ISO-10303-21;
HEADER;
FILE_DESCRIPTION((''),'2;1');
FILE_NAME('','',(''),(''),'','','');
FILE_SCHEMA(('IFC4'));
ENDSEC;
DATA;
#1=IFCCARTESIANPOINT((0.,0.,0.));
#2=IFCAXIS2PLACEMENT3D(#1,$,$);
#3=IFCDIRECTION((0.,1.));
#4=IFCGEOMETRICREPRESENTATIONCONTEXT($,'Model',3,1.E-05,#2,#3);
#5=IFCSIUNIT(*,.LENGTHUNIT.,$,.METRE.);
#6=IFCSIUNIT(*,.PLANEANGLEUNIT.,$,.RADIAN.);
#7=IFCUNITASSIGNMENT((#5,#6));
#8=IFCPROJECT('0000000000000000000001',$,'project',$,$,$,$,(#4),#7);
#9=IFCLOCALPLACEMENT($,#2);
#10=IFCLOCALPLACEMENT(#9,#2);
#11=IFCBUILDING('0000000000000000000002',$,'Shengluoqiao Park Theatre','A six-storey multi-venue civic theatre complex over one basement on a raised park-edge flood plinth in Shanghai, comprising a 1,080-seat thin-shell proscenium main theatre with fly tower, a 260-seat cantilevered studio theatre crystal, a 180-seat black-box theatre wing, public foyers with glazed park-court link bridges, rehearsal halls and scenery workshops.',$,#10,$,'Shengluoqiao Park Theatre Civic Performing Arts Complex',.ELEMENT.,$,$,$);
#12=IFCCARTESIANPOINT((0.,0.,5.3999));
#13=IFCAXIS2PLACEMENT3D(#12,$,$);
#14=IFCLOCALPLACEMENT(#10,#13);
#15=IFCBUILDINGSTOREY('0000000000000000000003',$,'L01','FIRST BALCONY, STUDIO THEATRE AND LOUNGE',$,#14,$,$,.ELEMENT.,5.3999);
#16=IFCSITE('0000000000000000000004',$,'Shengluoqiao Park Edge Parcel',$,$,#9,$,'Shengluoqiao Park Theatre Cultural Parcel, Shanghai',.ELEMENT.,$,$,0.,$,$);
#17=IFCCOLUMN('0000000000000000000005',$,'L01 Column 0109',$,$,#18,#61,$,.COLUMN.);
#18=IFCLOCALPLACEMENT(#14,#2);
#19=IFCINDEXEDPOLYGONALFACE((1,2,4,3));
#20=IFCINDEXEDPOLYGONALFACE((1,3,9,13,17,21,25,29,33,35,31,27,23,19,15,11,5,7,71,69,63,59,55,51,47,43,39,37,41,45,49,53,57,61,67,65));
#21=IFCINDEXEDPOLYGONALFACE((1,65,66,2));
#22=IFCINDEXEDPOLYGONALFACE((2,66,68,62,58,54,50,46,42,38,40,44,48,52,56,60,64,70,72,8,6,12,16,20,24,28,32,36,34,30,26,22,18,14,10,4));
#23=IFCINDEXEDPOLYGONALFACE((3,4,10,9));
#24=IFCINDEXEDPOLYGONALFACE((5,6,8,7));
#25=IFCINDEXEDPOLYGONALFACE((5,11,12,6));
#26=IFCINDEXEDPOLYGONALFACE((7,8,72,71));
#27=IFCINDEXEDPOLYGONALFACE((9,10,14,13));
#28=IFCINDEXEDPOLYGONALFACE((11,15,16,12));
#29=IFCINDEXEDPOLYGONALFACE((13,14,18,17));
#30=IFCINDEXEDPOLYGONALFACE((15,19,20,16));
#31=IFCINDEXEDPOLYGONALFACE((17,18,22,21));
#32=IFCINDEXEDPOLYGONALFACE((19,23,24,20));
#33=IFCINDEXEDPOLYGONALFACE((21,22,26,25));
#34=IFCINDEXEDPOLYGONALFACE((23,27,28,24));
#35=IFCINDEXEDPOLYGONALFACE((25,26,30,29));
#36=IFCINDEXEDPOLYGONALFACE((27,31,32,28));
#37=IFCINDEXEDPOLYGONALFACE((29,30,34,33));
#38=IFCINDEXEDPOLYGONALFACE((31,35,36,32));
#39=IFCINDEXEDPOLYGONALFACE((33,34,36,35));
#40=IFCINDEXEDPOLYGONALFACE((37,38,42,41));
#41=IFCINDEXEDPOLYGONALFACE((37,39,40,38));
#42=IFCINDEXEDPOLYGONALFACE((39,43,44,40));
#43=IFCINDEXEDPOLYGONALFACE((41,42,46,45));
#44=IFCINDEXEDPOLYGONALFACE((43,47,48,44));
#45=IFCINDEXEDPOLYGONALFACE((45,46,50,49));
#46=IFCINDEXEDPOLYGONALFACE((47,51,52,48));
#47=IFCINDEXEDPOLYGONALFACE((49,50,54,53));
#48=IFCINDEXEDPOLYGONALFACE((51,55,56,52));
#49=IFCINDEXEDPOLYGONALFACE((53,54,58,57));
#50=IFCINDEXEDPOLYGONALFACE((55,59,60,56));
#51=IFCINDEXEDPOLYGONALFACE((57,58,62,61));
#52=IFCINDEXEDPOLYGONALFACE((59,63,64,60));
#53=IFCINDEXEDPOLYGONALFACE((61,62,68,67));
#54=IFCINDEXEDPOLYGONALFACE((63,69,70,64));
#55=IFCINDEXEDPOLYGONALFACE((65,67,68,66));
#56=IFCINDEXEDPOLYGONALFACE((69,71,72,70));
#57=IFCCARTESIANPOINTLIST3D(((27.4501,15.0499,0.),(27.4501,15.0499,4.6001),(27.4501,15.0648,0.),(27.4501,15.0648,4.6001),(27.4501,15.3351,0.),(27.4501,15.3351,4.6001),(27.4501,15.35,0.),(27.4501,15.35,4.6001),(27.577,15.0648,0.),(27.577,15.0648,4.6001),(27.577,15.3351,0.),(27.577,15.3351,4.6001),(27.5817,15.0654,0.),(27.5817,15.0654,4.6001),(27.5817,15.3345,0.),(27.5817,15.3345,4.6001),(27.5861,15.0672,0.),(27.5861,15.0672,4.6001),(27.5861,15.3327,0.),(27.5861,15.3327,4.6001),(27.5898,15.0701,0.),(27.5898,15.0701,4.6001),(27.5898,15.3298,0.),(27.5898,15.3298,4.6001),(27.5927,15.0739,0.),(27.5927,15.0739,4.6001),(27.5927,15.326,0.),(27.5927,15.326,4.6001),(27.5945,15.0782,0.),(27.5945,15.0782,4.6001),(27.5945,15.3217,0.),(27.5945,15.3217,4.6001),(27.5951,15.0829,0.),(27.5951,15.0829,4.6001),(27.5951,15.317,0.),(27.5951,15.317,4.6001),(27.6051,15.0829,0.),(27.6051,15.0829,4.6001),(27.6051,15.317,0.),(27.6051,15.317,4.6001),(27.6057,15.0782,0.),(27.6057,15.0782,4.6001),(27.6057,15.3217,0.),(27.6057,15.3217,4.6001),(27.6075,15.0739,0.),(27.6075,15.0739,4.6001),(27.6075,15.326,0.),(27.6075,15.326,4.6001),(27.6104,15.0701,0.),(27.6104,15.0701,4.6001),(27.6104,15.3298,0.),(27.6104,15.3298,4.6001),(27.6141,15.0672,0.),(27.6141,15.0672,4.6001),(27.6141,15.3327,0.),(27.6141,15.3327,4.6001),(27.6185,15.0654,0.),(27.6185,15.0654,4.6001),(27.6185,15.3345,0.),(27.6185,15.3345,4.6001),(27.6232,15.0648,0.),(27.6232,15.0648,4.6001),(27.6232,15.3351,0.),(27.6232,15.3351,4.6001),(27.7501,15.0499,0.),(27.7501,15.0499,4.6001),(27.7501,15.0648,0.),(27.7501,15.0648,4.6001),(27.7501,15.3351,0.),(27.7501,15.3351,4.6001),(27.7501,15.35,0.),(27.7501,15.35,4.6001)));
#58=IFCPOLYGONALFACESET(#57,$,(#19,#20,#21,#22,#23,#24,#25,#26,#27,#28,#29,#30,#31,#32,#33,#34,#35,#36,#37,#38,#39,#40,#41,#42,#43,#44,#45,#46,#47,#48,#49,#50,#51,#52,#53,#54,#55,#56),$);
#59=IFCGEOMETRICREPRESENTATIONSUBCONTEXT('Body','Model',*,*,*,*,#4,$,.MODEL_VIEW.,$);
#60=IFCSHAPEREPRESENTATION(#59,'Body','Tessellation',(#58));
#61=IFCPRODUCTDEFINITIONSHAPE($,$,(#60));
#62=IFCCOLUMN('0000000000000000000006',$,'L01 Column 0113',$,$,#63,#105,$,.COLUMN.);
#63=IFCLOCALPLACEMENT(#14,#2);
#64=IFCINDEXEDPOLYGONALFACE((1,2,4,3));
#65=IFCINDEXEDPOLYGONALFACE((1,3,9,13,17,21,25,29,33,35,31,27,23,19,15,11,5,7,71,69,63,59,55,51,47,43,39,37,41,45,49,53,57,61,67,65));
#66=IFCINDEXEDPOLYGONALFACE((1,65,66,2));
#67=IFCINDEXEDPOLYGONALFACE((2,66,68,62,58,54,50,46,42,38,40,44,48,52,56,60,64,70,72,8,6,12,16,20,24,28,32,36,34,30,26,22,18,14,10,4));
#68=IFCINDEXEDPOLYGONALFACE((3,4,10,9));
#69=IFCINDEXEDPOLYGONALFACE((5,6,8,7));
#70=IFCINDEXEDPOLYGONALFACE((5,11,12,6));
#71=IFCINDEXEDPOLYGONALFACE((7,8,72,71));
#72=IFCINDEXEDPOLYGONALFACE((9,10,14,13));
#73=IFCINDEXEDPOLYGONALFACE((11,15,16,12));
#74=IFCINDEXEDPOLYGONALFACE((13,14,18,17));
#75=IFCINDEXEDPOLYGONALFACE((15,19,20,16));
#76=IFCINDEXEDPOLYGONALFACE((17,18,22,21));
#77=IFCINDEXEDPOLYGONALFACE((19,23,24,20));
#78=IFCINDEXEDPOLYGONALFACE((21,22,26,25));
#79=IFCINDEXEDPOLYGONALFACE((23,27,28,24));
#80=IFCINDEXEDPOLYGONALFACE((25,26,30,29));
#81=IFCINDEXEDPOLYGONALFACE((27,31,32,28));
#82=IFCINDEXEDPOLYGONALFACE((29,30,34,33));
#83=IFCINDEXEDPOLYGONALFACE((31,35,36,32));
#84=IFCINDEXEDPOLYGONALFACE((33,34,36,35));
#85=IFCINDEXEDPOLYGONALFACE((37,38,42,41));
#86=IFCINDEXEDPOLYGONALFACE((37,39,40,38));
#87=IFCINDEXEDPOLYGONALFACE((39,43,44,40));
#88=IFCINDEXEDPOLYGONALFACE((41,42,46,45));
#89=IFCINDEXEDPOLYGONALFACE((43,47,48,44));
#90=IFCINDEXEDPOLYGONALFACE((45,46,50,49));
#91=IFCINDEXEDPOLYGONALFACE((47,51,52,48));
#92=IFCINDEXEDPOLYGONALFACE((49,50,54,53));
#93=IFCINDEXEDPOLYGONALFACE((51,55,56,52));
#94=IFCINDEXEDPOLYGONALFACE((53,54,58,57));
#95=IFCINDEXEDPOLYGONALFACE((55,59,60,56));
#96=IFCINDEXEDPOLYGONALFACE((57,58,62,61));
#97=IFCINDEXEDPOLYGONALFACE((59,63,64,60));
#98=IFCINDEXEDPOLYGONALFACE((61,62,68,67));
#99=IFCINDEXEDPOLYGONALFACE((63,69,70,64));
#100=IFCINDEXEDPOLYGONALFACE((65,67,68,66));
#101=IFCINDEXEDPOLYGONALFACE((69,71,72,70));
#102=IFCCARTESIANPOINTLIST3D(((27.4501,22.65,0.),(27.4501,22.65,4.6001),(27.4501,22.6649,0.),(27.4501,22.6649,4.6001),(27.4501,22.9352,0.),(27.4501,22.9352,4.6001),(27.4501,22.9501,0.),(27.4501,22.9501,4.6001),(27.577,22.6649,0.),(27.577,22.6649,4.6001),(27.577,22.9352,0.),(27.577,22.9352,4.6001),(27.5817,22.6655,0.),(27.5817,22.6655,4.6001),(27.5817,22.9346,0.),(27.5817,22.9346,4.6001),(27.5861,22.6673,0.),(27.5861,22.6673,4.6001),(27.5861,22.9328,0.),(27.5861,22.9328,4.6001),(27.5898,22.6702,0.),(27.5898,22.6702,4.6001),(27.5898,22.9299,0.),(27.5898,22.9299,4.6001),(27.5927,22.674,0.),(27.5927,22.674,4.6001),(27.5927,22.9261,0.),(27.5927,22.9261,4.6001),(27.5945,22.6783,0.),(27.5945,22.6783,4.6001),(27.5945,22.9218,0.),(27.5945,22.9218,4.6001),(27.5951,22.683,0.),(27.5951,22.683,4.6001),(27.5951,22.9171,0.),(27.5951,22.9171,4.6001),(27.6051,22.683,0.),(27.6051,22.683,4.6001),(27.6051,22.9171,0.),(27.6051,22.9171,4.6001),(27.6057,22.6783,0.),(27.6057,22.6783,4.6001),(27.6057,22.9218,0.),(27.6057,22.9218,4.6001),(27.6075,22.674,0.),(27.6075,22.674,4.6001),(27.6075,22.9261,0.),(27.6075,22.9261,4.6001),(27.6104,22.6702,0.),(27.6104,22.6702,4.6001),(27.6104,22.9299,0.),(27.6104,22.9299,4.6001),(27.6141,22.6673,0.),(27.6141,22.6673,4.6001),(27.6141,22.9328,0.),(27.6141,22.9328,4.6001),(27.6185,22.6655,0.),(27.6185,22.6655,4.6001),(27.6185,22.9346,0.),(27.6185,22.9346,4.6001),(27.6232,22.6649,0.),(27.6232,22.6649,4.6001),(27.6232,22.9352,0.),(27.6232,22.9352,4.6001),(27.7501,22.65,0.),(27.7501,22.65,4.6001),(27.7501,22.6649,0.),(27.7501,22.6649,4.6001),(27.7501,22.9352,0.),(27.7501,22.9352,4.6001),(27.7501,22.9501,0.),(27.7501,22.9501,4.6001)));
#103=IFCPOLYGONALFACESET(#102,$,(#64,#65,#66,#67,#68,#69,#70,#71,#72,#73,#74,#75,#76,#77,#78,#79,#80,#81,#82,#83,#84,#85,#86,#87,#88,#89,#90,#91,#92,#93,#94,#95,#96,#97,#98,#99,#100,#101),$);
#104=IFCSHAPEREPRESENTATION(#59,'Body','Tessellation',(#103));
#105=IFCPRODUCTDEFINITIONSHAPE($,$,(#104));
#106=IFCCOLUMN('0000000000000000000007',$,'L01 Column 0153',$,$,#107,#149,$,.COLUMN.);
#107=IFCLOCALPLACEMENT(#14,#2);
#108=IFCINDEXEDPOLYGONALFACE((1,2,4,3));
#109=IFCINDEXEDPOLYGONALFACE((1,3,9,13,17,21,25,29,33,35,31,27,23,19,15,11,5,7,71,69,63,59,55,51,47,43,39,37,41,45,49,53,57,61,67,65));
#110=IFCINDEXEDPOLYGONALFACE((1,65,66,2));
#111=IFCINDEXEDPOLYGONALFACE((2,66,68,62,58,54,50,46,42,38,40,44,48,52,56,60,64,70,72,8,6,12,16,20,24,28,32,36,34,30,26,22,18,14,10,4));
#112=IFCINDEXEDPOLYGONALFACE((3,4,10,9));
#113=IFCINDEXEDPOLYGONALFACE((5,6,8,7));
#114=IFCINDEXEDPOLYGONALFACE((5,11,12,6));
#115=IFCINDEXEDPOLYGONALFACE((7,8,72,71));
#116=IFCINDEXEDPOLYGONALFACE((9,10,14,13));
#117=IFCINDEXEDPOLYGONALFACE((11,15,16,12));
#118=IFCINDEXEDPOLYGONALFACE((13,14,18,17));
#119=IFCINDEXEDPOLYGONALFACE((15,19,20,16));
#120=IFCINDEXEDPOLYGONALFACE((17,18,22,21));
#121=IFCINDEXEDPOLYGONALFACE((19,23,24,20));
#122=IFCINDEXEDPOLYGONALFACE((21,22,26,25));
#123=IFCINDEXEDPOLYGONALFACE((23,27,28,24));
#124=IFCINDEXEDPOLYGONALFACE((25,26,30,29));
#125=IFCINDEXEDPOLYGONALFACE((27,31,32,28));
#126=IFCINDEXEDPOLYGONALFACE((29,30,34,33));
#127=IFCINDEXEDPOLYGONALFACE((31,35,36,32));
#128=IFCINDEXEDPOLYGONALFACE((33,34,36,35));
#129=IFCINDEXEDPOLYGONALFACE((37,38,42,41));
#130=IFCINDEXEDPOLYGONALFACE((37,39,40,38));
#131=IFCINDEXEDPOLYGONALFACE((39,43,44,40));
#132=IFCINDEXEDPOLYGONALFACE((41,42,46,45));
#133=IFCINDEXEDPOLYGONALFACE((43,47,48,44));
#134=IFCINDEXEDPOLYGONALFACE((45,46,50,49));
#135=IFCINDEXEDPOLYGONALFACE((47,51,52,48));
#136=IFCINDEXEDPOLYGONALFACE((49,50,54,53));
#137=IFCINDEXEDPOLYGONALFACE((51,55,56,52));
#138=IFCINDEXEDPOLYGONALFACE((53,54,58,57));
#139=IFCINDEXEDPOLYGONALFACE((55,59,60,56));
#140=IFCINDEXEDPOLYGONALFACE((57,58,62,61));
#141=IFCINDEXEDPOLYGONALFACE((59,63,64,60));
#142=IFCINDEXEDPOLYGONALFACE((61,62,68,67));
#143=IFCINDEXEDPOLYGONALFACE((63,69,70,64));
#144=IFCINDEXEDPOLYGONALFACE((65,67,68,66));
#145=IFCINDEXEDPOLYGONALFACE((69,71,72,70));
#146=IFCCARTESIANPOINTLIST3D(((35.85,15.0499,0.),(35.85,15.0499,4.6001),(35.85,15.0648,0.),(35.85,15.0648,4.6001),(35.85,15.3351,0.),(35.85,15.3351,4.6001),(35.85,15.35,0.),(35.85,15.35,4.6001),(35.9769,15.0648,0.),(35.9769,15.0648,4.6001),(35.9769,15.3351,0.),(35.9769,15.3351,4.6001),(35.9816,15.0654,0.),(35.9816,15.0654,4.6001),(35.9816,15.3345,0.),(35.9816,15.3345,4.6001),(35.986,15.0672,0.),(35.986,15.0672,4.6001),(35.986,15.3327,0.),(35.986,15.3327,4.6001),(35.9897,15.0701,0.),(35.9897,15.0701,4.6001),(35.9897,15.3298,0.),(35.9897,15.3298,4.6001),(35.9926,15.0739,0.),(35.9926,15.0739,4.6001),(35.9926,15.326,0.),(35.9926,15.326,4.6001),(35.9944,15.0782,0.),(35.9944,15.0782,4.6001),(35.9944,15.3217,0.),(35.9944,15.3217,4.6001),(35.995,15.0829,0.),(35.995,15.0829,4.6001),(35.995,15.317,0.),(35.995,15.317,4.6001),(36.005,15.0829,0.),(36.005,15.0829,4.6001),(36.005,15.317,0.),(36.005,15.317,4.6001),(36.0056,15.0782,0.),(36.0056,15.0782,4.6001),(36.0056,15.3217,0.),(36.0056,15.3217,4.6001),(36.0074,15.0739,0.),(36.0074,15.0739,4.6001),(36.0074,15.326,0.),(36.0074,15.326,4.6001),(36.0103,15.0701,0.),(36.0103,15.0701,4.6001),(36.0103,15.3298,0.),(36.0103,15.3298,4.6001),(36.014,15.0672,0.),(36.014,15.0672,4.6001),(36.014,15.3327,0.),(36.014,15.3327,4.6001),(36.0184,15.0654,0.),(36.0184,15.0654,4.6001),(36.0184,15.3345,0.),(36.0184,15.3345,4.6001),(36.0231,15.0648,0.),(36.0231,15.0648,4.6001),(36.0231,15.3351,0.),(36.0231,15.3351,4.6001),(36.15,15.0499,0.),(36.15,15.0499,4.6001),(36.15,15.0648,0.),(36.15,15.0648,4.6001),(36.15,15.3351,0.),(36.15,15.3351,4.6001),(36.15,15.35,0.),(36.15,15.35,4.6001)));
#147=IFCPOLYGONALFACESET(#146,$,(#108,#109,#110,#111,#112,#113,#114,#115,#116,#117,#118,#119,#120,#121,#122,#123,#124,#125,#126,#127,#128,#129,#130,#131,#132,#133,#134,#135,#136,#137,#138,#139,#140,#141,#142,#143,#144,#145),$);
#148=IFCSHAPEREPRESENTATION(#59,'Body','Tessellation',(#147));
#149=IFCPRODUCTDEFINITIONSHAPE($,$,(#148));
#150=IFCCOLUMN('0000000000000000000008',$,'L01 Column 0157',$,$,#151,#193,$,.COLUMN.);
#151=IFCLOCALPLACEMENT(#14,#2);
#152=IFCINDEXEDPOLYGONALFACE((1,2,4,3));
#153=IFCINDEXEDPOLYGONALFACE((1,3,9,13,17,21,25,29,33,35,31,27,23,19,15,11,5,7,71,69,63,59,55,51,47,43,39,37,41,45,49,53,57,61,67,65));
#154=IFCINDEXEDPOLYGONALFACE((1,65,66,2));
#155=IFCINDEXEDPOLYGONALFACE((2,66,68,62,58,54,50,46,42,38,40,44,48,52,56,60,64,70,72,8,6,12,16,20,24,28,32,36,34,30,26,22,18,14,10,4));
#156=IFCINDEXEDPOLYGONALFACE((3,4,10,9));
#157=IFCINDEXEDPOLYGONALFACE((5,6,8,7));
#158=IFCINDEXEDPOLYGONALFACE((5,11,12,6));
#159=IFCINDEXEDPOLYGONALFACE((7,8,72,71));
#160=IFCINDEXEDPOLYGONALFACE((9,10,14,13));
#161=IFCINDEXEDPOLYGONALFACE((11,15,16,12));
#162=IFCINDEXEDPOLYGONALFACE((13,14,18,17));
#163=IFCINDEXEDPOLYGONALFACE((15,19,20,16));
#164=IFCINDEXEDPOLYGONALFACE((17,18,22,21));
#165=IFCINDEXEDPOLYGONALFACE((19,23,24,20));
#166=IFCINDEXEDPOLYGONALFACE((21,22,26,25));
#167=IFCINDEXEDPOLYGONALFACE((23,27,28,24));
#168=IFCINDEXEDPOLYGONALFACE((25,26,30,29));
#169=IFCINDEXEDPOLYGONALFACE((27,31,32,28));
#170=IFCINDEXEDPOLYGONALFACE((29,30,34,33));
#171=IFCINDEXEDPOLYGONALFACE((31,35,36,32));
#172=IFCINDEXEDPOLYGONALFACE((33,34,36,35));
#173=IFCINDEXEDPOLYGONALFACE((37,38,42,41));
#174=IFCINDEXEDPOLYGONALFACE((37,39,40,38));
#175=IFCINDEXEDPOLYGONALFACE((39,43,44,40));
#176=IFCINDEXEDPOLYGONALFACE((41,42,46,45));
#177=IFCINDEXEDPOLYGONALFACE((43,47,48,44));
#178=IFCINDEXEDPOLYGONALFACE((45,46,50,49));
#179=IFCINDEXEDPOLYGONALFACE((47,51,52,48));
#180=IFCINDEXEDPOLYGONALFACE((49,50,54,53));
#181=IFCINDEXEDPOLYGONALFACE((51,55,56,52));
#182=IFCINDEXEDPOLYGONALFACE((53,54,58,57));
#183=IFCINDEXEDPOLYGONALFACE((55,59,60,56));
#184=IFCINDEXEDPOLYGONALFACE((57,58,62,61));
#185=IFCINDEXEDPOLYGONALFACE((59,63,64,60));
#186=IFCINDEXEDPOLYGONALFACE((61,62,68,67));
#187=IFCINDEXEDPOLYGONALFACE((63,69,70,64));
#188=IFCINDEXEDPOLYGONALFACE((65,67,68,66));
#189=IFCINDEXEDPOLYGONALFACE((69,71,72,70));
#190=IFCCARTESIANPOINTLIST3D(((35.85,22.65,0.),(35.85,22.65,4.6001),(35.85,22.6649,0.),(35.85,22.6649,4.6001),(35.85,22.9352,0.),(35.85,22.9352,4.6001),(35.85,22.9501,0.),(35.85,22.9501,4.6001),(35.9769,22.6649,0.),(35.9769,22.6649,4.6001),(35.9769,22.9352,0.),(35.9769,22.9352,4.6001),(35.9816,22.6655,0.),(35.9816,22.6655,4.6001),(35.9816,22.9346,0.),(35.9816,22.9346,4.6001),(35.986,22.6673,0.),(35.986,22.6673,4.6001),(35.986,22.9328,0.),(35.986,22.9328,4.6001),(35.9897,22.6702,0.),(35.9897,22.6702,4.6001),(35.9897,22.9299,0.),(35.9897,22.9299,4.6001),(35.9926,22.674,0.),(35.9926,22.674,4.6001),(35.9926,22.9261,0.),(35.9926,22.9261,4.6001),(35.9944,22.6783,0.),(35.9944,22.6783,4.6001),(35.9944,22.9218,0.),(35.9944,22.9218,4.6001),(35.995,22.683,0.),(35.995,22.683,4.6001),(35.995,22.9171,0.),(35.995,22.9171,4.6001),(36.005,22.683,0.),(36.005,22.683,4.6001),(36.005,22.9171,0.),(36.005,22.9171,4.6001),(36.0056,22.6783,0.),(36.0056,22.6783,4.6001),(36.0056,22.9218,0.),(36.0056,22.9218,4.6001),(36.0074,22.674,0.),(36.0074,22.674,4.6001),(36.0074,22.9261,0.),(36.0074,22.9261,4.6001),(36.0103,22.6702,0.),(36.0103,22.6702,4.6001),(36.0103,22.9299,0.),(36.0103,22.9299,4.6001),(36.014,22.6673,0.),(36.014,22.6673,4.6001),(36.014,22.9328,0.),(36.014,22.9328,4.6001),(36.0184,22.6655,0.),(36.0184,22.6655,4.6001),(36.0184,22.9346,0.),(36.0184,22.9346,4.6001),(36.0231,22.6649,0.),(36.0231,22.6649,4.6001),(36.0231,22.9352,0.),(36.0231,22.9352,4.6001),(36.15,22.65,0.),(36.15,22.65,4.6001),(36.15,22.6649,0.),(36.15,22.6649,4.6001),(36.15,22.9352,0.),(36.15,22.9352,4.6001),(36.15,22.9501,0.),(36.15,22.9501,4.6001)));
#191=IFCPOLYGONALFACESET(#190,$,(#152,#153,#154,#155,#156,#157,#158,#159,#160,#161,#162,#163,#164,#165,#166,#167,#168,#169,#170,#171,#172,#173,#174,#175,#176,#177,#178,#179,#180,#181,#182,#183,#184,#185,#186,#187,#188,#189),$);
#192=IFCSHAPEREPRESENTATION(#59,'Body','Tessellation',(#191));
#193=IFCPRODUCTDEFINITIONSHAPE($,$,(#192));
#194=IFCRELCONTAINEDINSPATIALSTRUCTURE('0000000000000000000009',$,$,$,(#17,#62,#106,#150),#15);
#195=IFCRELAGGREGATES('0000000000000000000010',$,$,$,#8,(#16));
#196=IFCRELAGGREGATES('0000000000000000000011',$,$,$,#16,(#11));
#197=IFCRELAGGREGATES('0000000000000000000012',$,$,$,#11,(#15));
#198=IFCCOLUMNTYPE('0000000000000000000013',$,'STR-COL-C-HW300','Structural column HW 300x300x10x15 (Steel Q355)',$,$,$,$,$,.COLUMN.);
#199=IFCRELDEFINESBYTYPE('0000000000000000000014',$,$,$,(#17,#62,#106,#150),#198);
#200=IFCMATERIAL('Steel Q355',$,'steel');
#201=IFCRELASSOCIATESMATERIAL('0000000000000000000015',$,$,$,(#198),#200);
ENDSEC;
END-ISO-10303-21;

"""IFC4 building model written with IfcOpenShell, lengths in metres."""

from ifc_helpers import new_model, si_unit, direction, frame, origin, origin_2d, place, context, subcontext, project, spatial, i_section, extrude, material, material_profile, profile_set, type_object, element, save


model = new_model("IFC4")

# Units and contexts
model_context = context("Model", 3, precision=1e-05, world=origin(), true_north=direction((0.0, 1.0)))
body_context = subcontext(model_context, "Body", "Model", "MODEL_VIEW")
ifc_project = project(units=[si_unit("LENGTHUNIT", "METRE"), si_unit("PLANEANGLEUNIT", "RADIAN")], contexts=[model_context])

# Site, building, storey
site_placement = place(None, origin())
site = spatial("IfcSite", under=ifc_project, at=site_placement, Name="Shengluoqiao Park Edge Parcel", LongName="Shengluoqiao Park Theatre Cultural Parcel, Shanghai", CompositionType="ELEMENT", RefElevation=0.0)
building_placement = place(site_placement, origin())
building = spatial("IfcBuilding", under=site, at=building_placement, Name="Shengluoqiao Park Theatre", Description="A six-storey multi-venue civic theatre complex over one basement on a raised park-edge flood plinth in Shanghai, comprising a 1,080-seat thin-shell proscenium main theatre with fly tower, a 260-seat cantilevered studio theatre crystal, a 180-seat black-box theatre wing, public foyers with glazed park-court link bridges, rehearsal halls and scenery workshops.", LongName="Shengluoqiao Park Theatre Civic Performing Arts Complex", CompositionType="ELEMENT")
storey_placement = place(building_placement, frame((0.0, 0.0, 5.3999)))
storey = spatial("IfcBuildingStorey", under=building, at=storey_placement, Name="L01", Description="FIRST BALCONY, STUDIO THEATRE AND LOUNGE", CompositionType="ELEMENT", Elevation=5.3999)

# Columns
ifc_material_1 = material(Name="Steel Q355", Category="steel")
ifc_material_profile_1 = material_profile(ifc_material_1, i_section(OverallWidth=0.3, OverallDepth=0.3, WebThickness=0.01, FlangeThickness=0.0149, FilletRadius=0.0181, at=origin_2d()), Name="HW 300x300x10x15")
ifc_profile_set_1 = profile_set([ifc_material_profile_1], Name="Steel Q355")
column_type = type_object("IfcColumnType", Name="STR-COL-C-HW300", Description="Structural column HW 300x300x10x15 (Steel Q355)", PredefinedType="COLUMN", material=ifc_profile_set_1)
for number, where, z_axis, x_axis, name in (
    (1, (27.6001, 15.2, 0.0), (0.0, 0.0, 1.0), (1.0, 0.0, 0.0), "L01 Column 0109"),
    (2, (27.6001, 22.8, 0.0), (0.0, 0.0, 1.0), (1.0, 0.0, 0.0), "L01 Column 0113"),
    (3, (36.0, 15.2, 0.0), (0.0, 0.0, 1.0), (1.0, 0.0, 0.0), "L01 Column 0153"),
    (4, (36.0, 22.8, 0.0), (0.0, 0.0, 1.0), (1.0, 0.0, 0.0), "L01 Column 0157"),
):
    element("IfcColumn", number, at=place(storey_placement, frame(where, z_axis=z_axis, x_axis=x_axis)), inside=storey, type_object=column_type, Name=name, PredefinedType="COLUMN", context=body_context, shape_type="SweptSolid", body=[
        extrude(i_section(OverallWidth=0.3, OverallDepth=0.3, WebThickness=0.01, FlangeThickness=0.0149, FilletRadius=0.0181, at=origin_2d()), origin(), (0.0, 0.0, 1.0), 4.6001),
    ])

save(model, "model.ifc")
